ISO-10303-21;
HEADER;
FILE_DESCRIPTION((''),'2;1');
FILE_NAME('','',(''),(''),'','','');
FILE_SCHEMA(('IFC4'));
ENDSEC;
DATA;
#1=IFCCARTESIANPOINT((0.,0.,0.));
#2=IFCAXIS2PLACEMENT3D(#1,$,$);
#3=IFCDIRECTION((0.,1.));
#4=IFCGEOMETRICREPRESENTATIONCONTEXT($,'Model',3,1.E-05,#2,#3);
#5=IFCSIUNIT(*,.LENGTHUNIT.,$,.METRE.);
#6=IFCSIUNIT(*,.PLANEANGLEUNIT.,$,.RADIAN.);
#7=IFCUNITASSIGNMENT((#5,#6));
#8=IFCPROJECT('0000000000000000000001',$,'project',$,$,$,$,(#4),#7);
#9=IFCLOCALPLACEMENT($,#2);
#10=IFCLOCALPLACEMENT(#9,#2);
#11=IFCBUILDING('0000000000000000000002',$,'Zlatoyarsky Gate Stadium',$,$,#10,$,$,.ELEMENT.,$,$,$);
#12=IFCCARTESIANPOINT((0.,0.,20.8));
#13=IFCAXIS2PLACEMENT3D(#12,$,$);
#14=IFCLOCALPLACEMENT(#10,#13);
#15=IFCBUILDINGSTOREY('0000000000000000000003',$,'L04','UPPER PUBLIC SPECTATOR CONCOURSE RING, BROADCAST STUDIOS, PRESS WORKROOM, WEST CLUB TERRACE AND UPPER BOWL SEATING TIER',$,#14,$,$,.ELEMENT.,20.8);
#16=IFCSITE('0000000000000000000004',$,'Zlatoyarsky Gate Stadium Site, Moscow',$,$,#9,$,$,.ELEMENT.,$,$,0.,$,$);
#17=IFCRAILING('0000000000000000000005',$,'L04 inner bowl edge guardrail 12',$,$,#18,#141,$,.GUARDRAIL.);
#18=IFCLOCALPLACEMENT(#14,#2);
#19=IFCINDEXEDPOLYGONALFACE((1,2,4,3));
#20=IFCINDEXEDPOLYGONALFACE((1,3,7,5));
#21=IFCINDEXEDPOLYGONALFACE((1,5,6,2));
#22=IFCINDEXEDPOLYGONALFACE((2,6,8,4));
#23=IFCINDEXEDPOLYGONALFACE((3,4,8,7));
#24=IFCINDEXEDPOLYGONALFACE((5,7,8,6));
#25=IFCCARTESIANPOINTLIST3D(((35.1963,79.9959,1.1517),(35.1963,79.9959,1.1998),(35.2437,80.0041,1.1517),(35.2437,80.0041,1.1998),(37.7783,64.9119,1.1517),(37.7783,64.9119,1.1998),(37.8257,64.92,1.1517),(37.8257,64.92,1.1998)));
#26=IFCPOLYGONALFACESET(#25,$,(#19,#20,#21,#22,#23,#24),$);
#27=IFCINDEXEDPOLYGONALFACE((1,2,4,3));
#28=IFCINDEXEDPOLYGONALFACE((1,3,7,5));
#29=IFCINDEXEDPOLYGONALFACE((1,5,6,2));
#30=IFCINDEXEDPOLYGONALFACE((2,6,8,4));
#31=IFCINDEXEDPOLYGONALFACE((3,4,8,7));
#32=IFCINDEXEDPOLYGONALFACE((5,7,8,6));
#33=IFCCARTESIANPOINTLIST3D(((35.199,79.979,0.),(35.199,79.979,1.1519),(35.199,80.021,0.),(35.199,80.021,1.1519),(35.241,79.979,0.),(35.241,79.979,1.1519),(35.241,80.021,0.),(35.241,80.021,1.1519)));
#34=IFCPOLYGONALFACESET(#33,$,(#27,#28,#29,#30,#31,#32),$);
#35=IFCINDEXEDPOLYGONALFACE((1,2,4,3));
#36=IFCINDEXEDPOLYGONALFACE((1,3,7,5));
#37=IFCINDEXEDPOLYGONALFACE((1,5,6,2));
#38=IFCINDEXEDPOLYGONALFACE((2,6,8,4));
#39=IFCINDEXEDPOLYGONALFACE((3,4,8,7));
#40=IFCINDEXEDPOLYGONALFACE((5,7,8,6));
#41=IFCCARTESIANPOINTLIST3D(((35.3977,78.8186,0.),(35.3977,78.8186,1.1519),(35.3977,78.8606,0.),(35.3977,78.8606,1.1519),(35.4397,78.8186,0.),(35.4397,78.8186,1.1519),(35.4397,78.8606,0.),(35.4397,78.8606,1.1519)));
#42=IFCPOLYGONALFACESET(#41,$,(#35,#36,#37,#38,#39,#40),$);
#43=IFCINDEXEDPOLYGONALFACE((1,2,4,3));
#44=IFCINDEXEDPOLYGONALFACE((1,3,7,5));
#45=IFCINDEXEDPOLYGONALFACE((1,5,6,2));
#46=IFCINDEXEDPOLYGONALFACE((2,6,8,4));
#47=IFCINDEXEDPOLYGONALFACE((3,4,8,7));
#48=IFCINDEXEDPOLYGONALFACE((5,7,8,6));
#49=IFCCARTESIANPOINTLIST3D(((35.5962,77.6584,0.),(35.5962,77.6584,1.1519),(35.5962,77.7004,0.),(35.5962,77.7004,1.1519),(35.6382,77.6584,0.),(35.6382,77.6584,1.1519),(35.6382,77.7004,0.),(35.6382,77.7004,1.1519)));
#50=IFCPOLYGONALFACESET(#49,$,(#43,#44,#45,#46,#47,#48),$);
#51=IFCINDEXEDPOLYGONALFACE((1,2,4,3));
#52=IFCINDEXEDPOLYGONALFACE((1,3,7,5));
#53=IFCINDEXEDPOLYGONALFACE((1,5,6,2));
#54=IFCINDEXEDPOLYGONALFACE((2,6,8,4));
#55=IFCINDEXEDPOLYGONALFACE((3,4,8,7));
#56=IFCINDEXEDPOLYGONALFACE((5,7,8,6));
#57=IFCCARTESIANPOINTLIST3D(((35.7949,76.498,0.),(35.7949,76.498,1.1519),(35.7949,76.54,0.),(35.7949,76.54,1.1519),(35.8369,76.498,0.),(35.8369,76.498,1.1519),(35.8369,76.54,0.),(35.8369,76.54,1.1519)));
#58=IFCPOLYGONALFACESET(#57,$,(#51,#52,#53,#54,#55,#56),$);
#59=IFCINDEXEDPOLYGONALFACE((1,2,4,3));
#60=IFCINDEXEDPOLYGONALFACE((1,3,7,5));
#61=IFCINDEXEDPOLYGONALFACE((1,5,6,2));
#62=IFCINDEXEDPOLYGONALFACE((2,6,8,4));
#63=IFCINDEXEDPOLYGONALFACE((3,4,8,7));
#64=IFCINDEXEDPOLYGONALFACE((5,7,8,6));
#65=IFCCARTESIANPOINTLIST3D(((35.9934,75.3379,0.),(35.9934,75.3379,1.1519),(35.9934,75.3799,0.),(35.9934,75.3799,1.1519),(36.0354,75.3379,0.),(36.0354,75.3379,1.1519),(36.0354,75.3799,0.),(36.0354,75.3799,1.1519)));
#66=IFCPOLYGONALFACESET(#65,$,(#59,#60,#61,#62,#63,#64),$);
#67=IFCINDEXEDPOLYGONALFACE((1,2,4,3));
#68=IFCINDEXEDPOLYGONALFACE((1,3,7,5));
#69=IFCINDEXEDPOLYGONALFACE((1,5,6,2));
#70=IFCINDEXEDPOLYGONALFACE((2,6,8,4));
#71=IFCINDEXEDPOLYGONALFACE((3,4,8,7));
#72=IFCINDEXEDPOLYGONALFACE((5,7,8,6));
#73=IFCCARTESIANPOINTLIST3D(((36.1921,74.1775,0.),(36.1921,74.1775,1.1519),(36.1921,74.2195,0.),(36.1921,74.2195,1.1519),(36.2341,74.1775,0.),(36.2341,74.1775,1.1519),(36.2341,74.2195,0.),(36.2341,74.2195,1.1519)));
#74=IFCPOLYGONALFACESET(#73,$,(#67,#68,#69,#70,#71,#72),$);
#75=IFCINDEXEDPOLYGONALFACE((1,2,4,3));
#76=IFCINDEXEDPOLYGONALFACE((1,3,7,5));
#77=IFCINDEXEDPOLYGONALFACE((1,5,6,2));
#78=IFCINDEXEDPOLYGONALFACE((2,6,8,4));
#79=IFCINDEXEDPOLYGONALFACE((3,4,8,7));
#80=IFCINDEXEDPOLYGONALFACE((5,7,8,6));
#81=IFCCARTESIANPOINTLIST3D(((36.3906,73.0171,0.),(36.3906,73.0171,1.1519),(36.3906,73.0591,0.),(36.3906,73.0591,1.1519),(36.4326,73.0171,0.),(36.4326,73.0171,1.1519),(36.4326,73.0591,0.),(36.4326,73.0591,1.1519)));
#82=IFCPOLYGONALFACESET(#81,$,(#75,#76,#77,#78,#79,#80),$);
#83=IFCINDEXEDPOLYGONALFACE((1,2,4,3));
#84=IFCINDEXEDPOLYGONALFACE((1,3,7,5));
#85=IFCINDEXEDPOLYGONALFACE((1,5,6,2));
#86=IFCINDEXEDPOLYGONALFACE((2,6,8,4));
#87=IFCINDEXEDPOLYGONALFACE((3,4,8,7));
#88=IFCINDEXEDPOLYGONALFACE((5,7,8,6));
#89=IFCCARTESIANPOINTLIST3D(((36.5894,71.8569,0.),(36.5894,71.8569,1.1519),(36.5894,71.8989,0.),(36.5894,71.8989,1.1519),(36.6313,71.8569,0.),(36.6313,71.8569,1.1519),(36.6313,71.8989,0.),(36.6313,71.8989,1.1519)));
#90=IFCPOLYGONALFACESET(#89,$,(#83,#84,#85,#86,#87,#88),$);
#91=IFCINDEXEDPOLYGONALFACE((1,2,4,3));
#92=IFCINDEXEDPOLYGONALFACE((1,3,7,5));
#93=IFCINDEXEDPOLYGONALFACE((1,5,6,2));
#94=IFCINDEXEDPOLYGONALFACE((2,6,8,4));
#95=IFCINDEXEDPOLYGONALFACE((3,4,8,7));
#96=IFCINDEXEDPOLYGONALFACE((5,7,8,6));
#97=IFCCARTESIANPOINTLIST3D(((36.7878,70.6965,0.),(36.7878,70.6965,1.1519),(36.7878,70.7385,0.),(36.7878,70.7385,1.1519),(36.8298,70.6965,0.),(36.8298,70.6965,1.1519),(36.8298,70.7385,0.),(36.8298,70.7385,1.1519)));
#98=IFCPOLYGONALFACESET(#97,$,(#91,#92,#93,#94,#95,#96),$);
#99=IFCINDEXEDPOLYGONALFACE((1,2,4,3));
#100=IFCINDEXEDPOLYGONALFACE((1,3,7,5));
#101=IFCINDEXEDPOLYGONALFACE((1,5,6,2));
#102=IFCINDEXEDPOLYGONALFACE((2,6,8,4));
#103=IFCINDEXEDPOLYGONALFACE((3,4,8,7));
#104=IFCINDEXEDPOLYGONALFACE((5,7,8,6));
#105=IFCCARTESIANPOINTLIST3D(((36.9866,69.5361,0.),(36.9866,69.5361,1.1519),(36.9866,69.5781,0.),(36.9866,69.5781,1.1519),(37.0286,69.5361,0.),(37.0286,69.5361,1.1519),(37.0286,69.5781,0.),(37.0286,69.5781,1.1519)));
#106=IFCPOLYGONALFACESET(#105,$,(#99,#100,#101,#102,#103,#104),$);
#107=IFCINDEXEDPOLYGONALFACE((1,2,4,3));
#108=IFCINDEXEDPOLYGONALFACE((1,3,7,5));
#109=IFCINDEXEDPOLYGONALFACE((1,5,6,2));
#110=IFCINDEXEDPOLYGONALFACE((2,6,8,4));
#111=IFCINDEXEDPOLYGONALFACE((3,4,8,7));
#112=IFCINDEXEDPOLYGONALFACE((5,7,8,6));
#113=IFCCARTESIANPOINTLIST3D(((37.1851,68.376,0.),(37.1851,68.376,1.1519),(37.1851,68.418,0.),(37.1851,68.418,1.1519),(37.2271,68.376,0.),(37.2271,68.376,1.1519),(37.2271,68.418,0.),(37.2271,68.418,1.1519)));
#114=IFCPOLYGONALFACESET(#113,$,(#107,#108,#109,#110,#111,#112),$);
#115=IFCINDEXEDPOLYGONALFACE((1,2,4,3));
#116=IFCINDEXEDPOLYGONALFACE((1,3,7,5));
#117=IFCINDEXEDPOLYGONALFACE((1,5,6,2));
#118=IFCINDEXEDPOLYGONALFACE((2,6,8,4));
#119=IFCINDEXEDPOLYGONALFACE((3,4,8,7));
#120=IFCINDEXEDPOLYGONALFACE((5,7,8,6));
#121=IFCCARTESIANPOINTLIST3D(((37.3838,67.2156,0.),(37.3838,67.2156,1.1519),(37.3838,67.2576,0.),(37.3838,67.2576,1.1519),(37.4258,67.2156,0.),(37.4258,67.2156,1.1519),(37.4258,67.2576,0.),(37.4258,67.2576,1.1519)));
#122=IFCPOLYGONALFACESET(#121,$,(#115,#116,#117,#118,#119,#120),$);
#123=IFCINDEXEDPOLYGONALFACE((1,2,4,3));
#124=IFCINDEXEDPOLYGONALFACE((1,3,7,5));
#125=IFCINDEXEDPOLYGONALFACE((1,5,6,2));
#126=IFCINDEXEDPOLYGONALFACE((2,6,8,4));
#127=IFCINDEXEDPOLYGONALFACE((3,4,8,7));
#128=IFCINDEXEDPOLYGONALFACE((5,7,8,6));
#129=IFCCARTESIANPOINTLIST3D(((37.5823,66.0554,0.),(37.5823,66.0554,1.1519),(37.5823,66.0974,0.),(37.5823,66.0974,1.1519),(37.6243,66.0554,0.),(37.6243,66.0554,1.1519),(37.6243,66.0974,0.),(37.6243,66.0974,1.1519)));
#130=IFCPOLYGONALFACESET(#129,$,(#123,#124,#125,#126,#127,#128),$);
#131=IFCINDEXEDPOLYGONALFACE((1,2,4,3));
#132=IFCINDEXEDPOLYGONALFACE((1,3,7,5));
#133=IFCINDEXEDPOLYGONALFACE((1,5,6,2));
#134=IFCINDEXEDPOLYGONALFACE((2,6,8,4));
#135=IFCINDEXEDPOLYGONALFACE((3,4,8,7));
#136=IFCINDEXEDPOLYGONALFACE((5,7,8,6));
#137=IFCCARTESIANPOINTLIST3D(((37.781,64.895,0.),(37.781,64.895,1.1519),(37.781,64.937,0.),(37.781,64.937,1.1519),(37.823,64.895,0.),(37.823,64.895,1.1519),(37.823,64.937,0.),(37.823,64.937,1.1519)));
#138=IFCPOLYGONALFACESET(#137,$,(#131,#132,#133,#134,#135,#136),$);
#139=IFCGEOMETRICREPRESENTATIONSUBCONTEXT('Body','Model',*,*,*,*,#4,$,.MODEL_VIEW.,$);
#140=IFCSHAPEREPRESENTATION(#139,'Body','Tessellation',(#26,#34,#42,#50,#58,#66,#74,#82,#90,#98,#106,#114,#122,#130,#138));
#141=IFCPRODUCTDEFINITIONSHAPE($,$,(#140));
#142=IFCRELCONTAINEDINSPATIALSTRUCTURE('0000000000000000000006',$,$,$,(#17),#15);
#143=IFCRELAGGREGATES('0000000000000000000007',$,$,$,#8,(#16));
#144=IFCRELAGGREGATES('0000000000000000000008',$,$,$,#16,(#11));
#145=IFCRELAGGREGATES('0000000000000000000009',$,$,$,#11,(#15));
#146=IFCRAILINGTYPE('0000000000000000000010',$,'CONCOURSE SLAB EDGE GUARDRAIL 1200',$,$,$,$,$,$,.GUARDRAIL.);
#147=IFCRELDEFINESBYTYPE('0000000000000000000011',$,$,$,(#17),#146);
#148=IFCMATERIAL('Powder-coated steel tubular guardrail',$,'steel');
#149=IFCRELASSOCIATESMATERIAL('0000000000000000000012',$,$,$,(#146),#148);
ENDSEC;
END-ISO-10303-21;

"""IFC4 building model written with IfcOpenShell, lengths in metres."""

from ifc_helpers import new_model, si_unit, direction, frame, origin, origin_2d, place, context, subcontext, project, spatial, rectangle, extrude, material, type_object, element, save


model = new_model("IFC4")

# Units and contexts
model_context = context("Model", 3, precision=1e-05, world=origin(), true_north=direction((0.0, 1.0)))
body_context = subcontext(model_context, "Body", "Model", "MODEL_VIEW")
ifc_project = project(units=[si_unit("LENGTHUNIT", "METRE"), si_unit("PLANEANGLEUNIT", "RADIAN")], contexts=[model_context])

# Site, building, storey
site_placement = place(None, origin())
site = spatial("IfcSite", under=ifc_project, at=site_placement, Name="Zlatoyarsky Gate Stadium Site, Moscow", CompositionType="ELEMENT", RefElevation=0.0)
building_placement = place(site_placement, origin())
building = spatial("IfcBuilding", under=site, at=building_placement, Name="Zlatoyarsky Gate Stadium", CompositionType="ELEMENT")
storey_placement = place(building_placement, frame((0.0, 0.0, 20.8)))
storey = spatial("IfcBuildingStorey", under=building, at=storey_placement, Name="L04", Description="UPPER PUBLIC SPECTATOR CONCOURSE RING, BROADCAST STUDIOS, PRESS WORKROOM, WEST CLUB TERRACE AND UPPER BOWL SEATING TIER", CompositionType="ELEMENT", Elevation=20.8)

# Railing
ifc_material_1 = material(Name="Powder-coated steel tubular guardrail", Category="steel")
railing_type = type_object("IfcRailingType", Name="CONCOURSE SLAB EDGE GUARDRAIL 1200", PredefinedType="GUARDRAIL", material=ifc_material_1)
railing_1_placement = place(storey_placement, frame((35.22, 80.0, 0.0)))
element("IfcRailing", 1, at=railing_1_placement, inside=storey, type_object=railing_type, Name="L04 inner bowl edge guardrail 12", PredefinedType="GUARDRAIL", context=body_context, shape_type="SweptSolid", body=[
    extrude(rectangle(XDim=0.0481, YDim=0.0481, at=origin_2d()), frame((0.0, 0.0, 1.1758), z_axis=(0.168723, -0.985664, 0.0), x_axis=(0.985664, 0.168723, 0.0)), (0.0, 0.0, 1.0), 15.3035),
    extrude(rectangle(XDim=0.042, YDim=0.042, at=origin_2d()), origin(), (0.0, 0.0, 1.0), 1.1519),
    extrude(rectangle(XDim=0.042, YDim=0.042, at=origin_2d()), frame((0.1987, -1.1604, 0.0)), (0.0, 0.0, 1.0), 1.1519),
    extrude(rectangle(XDim=0.042, YDim=0.042, at=origin_2d()), frame((0.3972, -2.3206, 0.0)), (0.0, 0.0, 1.0), 1.1519),
    extrude(rectangle(XDim=0.042, YDim=0.042, at=origin_2d()), frame((0.5959, -3.481, 0.0)), (0.0, 0.0, 1.0), 1.1519),
    extrude(rectangle(XDim=0.042, YDim=0.042, at=origin_2d()), frame((0.7944, -4.6411, 0.0)), (0.0, 0.0, 1.0), 1.1519),
    extrude(rectangle(XDim=0.042, YDim=0.042, at=origin_2d()), frame((0.9932, -5.8015, 0.0)), (0.0, 0.0, 1.0), 1.1519),
    extrude(rectangle(XDim=0.042, YDim=0.042, at=origin_2d()), frame((1.1917, -6.9619, 0.0)), (0.0, 0.0, 1.0), 1.1519),
    extrude(rectangle(XDim=0.042, YDim=0.042, at=origin_2d()), frame((1.3904, -8.1221, 0.0)), (0.0, 0.0, 1.0), 1.1519),
    extrude(rectangle(XDim=0.042, YDim=0.042, at=origin_2d()), frame((1.5889, -9.2825, 0.0)), (0.0, 0.0, 1.0), 1.1519),
    extrude(rectangle(XDim=0.042, YDim=0.042, at=origin_2d()), frame((1.7876, -10.4429, 0.0)), (0.0, 0.0, 1.0), 1.1519),
    extrude(rectangle(XDim=0.042, YDim=0.042, at=origin_2d()), frame((1.9861, -11.603, 0.0)), (0.0, 0.0, 1.0), 1.1519),
    extrude(rectangle(XDim=0.042, YDim=0.042, at=origin_2d()), frame((2.1848, -12.7634, 0.0)), (0.0, 0.0, 1.0), 1.1519),
    extrude(rectangle(XDim=0.042, YDim=0.042, at=origin_2d()), frame((2.3833, -13.9236, 0.0)), (0.0, 0.0, 1.0), 1.1519),
    extrude(rectangle(XDim=0.042, YDim=0.042, at=origin_2d()), frame((2.582, -15.084, 0.0)), (0.0, 0.0, 1.0), 1.1519),
])

save(model, "model.ifc")
